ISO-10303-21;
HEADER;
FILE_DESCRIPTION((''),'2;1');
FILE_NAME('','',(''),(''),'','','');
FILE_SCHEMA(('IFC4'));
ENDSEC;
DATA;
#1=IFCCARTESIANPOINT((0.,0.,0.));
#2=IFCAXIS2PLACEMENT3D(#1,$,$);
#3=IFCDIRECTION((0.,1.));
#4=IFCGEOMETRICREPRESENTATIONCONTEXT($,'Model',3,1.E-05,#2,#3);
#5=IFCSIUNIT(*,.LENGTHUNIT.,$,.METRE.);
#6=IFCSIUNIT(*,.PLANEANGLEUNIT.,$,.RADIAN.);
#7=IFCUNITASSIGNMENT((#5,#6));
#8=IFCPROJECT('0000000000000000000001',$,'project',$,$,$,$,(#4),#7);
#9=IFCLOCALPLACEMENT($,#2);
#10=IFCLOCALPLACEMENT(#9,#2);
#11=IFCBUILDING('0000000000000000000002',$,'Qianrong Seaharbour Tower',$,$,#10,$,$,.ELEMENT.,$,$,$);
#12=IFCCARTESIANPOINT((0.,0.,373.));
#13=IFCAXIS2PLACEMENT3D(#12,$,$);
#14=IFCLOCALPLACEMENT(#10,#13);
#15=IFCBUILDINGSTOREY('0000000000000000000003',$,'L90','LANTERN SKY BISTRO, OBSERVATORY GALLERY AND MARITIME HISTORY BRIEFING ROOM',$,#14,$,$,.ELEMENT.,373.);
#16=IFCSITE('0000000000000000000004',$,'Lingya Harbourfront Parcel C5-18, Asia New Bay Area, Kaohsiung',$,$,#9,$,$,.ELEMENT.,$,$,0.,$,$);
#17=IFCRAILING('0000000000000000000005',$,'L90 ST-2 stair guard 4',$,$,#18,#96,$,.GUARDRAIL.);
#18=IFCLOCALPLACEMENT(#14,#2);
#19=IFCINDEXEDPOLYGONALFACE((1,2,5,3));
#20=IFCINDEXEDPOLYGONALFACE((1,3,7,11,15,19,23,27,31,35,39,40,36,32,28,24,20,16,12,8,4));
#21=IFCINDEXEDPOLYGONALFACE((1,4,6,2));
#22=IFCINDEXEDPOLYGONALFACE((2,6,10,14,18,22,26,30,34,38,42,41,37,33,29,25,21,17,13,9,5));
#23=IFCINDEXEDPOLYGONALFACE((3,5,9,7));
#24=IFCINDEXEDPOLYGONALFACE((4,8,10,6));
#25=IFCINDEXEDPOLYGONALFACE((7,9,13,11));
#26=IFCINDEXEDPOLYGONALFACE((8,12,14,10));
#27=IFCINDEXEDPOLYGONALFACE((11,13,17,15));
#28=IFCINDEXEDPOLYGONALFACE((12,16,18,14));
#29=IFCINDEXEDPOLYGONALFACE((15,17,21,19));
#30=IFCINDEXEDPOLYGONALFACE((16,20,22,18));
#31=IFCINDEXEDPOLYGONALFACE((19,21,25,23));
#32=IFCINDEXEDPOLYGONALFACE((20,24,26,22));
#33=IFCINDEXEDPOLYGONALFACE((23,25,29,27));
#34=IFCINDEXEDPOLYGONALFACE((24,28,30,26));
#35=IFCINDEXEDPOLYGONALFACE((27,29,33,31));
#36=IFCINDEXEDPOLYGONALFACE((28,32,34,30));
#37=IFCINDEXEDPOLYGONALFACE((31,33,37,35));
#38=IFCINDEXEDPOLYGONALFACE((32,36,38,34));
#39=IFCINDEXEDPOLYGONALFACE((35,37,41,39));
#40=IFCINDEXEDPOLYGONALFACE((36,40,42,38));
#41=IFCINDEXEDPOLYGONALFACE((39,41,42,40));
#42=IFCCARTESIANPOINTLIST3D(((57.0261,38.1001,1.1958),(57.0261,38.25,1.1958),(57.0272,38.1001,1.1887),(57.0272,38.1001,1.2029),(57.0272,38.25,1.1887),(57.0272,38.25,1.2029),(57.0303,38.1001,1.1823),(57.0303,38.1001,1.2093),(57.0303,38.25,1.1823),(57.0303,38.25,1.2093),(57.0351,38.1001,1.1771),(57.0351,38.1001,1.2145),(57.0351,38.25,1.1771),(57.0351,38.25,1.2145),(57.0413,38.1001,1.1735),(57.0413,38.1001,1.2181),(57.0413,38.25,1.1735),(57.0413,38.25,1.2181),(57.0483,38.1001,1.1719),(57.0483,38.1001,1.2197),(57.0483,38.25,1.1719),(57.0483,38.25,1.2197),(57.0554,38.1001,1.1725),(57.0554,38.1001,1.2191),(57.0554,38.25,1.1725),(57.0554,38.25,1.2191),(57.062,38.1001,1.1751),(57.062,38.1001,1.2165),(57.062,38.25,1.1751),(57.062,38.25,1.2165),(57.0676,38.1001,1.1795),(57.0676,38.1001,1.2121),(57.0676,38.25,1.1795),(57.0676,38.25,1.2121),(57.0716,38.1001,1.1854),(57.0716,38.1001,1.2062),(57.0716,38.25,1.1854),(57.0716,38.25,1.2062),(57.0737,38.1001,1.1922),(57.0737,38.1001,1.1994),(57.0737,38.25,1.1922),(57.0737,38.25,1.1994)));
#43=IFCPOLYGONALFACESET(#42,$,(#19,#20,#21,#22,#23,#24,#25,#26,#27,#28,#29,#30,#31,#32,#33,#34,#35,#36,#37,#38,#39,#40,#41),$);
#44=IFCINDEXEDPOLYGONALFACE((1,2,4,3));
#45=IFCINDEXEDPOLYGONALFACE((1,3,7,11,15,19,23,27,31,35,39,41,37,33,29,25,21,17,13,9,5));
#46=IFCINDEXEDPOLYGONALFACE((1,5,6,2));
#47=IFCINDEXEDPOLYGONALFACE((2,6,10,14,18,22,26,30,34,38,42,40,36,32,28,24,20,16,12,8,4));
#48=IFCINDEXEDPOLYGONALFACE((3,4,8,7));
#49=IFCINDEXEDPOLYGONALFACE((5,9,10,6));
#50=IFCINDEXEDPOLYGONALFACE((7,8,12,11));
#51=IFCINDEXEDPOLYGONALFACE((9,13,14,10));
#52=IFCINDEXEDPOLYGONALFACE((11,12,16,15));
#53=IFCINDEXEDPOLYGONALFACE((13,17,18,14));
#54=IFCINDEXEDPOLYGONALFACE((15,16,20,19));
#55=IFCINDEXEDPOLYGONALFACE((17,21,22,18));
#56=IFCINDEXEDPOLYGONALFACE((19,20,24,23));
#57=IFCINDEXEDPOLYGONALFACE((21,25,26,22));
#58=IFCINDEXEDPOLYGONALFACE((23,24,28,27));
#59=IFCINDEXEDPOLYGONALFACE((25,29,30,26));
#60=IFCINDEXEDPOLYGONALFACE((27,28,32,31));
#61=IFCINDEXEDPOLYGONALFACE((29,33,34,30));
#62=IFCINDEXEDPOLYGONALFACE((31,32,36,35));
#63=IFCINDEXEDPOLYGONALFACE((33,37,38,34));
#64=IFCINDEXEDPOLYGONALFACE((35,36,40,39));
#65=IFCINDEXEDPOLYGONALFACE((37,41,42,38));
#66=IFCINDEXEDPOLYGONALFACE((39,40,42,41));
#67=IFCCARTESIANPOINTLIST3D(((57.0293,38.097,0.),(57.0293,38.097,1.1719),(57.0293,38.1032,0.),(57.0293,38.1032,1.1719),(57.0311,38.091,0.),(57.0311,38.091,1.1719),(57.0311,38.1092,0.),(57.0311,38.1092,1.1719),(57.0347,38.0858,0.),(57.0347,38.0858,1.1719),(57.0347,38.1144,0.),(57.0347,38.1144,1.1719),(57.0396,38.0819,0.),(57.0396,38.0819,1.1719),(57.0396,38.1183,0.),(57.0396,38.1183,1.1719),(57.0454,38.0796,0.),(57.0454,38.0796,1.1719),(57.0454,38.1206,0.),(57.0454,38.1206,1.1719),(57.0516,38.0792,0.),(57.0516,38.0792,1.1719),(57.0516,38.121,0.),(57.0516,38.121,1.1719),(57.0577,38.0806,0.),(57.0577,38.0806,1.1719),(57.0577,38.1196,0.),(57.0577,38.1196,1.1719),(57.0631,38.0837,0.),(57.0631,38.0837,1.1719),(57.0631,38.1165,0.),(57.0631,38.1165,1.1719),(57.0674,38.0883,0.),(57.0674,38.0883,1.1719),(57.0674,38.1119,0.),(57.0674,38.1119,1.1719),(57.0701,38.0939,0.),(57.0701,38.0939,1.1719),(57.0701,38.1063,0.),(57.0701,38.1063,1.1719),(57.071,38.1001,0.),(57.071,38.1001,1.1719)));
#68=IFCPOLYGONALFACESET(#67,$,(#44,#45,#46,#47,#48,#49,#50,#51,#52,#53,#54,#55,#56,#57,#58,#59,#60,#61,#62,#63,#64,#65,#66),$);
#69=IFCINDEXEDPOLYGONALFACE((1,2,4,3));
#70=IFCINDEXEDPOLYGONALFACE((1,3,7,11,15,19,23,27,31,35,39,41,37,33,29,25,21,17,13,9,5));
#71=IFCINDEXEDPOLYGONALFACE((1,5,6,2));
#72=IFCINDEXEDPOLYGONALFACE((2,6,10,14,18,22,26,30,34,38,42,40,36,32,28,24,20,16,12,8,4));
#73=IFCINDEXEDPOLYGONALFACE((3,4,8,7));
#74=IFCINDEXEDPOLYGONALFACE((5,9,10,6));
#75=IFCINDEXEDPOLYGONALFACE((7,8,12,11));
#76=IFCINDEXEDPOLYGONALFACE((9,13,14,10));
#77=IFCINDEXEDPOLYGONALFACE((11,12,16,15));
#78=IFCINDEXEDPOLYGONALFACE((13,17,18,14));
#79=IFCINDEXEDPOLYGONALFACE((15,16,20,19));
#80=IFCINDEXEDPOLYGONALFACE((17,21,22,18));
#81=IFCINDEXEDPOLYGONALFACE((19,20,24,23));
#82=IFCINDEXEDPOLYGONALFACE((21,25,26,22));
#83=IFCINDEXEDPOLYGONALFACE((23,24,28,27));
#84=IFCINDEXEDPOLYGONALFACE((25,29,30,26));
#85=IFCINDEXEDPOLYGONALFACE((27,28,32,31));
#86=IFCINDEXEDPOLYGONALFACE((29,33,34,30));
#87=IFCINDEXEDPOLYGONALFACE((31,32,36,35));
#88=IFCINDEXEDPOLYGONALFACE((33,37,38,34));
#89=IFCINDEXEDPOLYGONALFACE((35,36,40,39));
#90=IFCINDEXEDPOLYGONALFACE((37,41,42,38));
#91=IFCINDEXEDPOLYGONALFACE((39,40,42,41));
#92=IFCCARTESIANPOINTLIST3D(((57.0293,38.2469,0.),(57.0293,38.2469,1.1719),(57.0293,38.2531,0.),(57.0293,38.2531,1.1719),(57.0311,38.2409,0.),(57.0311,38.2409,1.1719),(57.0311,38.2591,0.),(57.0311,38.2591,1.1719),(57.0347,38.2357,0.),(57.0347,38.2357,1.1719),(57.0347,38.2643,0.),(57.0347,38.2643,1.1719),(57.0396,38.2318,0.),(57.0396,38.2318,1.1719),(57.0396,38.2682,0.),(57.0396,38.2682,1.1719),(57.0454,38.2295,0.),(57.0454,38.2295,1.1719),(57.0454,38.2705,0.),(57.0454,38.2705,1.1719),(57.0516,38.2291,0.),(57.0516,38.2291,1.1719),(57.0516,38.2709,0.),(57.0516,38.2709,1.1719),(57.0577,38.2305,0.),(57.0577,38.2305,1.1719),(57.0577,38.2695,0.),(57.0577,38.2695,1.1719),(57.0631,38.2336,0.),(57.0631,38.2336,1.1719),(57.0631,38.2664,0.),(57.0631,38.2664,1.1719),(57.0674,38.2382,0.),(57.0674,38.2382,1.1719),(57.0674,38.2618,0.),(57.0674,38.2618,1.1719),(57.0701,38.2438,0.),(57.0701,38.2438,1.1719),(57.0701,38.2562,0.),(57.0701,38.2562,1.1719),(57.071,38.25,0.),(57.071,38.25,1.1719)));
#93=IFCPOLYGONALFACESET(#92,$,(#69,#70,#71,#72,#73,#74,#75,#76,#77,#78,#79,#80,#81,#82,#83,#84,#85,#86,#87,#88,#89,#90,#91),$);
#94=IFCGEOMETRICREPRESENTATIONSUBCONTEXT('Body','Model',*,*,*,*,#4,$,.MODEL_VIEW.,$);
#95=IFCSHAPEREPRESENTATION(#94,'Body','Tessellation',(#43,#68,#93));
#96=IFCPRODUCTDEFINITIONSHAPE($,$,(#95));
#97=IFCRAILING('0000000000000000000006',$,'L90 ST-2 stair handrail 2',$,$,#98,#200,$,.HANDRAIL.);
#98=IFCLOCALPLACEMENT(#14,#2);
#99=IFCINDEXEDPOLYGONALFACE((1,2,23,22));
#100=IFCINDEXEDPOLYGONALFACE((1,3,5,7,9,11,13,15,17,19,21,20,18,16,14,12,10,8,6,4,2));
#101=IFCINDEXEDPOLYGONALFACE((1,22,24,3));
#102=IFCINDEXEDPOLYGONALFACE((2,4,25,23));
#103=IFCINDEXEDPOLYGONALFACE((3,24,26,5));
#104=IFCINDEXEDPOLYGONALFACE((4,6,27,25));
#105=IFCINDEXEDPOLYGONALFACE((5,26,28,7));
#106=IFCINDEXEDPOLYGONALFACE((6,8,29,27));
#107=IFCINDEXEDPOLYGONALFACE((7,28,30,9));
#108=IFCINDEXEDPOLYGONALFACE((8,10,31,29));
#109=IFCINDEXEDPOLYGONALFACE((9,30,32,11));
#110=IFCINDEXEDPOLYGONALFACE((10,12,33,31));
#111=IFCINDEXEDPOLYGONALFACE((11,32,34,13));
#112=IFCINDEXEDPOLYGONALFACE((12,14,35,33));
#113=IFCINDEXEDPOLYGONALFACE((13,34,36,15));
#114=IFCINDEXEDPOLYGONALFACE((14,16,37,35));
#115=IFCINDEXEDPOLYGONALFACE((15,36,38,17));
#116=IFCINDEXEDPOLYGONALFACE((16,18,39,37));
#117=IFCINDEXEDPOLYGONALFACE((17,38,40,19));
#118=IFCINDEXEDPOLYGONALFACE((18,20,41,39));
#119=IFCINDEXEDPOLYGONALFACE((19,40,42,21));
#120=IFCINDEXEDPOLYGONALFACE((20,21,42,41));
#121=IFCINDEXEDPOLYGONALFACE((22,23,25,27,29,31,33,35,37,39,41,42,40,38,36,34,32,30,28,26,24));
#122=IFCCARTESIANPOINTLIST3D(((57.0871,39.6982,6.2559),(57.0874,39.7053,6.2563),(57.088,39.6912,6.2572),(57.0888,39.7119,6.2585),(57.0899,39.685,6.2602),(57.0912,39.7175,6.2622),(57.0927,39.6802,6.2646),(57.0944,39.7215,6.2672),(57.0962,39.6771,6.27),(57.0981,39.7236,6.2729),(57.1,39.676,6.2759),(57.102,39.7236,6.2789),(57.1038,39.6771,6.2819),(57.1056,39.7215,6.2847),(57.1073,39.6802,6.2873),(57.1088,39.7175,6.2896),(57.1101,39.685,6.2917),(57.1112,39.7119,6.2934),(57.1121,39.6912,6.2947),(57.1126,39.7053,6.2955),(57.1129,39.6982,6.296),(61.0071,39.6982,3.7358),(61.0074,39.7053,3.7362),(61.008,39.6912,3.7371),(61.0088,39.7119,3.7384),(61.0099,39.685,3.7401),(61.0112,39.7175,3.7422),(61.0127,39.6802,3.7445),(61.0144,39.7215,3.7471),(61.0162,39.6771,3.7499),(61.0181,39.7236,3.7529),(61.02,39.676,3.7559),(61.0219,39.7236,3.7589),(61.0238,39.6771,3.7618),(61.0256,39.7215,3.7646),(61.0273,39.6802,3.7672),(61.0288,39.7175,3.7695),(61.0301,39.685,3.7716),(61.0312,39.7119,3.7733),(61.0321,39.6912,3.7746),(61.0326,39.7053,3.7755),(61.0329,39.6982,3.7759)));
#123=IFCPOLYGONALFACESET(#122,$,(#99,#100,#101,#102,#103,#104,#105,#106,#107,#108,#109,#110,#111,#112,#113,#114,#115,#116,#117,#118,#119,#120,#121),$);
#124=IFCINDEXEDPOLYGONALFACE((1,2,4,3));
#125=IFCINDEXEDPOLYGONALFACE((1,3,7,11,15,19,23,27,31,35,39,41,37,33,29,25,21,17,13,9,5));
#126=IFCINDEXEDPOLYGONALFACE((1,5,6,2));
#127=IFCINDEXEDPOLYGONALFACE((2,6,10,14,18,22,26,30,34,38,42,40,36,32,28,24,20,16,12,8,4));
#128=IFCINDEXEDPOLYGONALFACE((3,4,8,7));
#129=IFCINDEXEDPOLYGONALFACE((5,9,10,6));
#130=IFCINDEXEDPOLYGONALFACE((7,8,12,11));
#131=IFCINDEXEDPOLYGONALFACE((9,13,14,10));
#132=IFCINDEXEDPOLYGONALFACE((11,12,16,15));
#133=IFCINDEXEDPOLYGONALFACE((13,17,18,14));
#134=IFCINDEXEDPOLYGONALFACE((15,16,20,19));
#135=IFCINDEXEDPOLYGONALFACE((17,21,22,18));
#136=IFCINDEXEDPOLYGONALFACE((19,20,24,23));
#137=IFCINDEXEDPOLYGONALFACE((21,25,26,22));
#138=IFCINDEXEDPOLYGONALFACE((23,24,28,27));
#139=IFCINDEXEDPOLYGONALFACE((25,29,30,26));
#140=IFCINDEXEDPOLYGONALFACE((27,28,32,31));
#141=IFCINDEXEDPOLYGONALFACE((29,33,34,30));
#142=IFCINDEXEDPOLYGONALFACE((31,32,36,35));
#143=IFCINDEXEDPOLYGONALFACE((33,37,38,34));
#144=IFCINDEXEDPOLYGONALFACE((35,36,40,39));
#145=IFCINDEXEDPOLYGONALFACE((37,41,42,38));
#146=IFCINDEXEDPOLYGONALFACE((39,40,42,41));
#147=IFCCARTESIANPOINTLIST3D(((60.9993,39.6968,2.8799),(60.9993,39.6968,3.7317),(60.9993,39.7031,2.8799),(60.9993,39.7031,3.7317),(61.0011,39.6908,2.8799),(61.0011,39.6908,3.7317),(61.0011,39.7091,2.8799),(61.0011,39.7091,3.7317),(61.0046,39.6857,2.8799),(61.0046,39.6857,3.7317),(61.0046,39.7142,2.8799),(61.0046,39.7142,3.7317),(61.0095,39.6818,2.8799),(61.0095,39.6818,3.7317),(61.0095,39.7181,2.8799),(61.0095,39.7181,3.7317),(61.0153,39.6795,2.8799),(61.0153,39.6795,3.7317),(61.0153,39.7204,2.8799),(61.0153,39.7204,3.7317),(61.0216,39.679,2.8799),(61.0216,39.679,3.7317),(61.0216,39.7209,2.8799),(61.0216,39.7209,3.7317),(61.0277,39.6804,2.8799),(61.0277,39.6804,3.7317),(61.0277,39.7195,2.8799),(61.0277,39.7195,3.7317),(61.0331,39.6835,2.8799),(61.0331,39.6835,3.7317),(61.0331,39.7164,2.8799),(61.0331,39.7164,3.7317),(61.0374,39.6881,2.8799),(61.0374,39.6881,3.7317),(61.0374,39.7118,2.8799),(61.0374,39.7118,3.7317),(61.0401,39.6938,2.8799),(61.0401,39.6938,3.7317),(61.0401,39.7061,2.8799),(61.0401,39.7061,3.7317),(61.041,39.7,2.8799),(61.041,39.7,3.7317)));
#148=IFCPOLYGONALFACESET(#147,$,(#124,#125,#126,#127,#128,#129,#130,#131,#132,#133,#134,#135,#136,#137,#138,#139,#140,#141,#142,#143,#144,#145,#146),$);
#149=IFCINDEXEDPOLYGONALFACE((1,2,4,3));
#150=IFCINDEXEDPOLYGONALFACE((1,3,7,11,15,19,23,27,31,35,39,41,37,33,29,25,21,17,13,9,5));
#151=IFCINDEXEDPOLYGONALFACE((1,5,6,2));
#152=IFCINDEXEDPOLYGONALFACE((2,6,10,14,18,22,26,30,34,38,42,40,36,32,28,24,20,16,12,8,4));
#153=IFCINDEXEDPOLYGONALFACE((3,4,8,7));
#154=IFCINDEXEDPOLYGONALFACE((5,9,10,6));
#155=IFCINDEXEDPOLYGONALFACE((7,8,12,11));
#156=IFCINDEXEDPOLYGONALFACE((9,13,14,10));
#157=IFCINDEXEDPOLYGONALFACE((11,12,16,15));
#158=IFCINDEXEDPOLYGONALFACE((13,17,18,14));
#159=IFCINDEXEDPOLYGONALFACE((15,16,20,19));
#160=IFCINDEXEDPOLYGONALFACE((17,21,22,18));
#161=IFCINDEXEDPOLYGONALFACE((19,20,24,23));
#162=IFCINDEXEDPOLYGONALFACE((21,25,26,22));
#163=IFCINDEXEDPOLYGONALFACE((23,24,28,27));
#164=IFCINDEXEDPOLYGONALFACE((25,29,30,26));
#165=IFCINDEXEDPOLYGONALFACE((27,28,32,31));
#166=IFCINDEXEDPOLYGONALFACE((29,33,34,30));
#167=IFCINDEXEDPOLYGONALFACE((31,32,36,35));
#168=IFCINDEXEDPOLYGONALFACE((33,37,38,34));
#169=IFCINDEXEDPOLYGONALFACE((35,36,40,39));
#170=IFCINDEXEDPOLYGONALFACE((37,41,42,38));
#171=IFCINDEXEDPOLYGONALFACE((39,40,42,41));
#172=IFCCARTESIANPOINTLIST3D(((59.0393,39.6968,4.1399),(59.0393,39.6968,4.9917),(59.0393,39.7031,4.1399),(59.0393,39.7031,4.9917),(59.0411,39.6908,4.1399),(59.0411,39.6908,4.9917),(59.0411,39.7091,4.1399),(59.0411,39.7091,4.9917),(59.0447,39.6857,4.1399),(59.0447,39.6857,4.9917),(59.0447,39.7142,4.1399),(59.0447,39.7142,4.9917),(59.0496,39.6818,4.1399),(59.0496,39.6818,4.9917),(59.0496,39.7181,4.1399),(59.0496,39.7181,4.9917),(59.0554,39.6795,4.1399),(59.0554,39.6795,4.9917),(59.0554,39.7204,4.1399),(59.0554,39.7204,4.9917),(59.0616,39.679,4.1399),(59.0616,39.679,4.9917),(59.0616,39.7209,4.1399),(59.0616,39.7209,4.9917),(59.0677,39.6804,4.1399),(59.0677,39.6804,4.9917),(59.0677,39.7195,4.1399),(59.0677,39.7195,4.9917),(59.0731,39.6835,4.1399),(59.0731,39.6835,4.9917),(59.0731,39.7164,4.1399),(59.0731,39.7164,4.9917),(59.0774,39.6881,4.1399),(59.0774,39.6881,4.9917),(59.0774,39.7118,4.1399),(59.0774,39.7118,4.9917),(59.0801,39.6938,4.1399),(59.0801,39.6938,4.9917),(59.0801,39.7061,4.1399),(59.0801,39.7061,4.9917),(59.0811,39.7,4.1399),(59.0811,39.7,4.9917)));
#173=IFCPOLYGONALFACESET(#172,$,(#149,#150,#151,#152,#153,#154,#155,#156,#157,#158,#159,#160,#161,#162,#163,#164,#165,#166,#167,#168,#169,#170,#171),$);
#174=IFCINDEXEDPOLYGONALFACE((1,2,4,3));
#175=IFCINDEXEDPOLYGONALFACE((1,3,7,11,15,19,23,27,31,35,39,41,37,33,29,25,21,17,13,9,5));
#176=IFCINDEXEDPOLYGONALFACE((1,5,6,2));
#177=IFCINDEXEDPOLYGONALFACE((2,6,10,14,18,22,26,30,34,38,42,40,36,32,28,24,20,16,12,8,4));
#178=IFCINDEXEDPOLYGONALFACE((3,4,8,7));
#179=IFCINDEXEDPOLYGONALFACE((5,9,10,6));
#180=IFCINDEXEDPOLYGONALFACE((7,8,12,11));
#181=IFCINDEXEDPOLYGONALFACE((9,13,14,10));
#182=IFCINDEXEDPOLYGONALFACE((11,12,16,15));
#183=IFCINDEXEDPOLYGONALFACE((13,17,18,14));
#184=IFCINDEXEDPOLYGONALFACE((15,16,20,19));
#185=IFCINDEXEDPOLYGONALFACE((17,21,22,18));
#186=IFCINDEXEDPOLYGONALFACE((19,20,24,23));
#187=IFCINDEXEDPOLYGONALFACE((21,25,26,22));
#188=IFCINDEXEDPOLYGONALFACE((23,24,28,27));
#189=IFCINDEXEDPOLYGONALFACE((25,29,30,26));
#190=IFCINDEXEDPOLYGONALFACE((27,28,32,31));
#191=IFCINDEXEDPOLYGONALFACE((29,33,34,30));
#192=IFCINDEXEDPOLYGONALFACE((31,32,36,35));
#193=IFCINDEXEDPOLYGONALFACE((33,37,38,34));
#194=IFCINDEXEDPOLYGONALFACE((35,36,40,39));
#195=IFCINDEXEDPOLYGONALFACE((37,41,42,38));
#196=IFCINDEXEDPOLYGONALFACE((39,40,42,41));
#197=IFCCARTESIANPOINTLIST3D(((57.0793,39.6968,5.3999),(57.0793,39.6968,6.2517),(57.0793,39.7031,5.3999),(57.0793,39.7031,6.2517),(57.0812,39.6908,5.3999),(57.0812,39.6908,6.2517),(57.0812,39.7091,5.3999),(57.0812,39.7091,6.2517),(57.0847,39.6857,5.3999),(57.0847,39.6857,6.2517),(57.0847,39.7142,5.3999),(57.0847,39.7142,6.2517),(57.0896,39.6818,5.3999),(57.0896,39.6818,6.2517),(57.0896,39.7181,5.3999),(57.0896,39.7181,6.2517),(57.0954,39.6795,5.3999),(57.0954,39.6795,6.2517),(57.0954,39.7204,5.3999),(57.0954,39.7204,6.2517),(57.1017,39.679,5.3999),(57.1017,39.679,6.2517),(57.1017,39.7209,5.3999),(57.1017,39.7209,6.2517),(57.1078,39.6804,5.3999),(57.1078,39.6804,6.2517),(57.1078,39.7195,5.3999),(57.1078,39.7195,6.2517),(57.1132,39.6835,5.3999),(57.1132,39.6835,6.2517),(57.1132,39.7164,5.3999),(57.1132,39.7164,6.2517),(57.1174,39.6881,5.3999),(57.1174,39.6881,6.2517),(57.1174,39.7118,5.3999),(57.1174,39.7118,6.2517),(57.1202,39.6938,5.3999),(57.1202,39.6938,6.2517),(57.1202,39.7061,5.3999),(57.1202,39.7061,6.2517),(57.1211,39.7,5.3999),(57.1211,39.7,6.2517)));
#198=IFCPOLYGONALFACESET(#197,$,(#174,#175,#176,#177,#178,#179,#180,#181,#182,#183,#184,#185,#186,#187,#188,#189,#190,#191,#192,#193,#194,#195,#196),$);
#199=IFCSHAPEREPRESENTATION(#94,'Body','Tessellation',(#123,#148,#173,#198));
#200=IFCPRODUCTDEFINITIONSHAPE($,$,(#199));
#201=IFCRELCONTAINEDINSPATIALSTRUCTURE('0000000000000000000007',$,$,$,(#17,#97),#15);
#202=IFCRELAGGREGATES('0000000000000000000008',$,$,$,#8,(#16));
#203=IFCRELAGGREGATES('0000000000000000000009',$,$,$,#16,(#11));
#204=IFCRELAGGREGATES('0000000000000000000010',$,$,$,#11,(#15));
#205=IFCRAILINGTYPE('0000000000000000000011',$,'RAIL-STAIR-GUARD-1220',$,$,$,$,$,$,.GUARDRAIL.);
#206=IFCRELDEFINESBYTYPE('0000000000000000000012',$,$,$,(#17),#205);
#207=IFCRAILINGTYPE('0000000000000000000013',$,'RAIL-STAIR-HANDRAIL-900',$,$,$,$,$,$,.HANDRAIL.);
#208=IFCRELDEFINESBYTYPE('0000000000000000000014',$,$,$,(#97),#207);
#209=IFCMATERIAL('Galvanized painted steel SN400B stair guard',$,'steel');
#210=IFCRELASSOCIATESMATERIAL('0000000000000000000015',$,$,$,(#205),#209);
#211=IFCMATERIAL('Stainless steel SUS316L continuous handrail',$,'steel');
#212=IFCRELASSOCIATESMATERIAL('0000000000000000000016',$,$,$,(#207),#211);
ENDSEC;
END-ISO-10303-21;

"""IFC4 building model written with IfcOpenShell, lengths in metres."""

from ifc_helpers import new_model, si_unit, direction, frame, origin, origin_2d, place, context, subcontext, project, spatial, circle, extrude, material, type_object, element, save


model = new_model("IFC4")

# Units and contexts
model_context = context("Model", 3, precision=1e-05, world=origin(), true_north=direction((0.0, 1.0)))
body_context = subcontext(model_context, "Body", "Model", "MODEL_VIEW")
ifc_project = project(units=[si_unit("LENGTHUNIT", "METRE"), si_unit("PLANEANGLEUNIT", "RADIAN")], contexts=[model_context])

# Site, building, storey
site_placement = place(None, origin())
site = spatial("IfcSite", under=ifc_project, at=site_placement, Name="Lingya Harbourfront Parcel C5-18, Asia New Bay Area, Kaohsiung", CompositionType="ELEMENT", RefElevation=0.0)
building_placement = place(site_placement, origin())
building = spatial("IfcBuilding", under=site, at=building_placement, Name="Qianrong Seaharbour Tower", CompositionType="ELEMENT")
storey_placement = place(building_placement, frame((0.0, 0.0, 373.0)))
storey = spatial("IfcBuildingStorey", under=building, at=storey_placement, Name="L90", Description="LANTERN SKY BISTRO, OBSERVATORY GALLERY AND MARITIME HISTORY BRIEFING ROOM", CompositionType="ELEMENT", Elevation=373.0)

# Railings
ifc_material_1 = material(Name="Galvanized painted steel SN400B stair guard", Category="steel")
railing_type_1 = type_object("IfcRailingType", Name="RAIL-STAIR-GUARD-1220", PredefinedType="GUARDRAIL", material=ifc_material_1)
railing_1_placement = place(storey_placement, frame((57.05, 38.1001, 0.0)))
element("IfcRailing", 1, at=railing_1_placement, inside=storey, type_object=railing_type_1, Name="L90 ST-2 stair guard 4", PredefinedType="GUARDRAIL", context=body_context, shape_type="SweptSolid", body=[
    extrude(circle(Radius=0.0239, at=origin_2d()), frame((0.0, 0.0, 1.1958), z_axis=(0.0, 1.0, 0.0), x_axis=(-1.0, 0.0, 0.0)), (0.0, 0.0, 1.0), 0.1499),
    extrude(circle(Radius=0.021, at=origin_2d()), origin(), (0.0, 0.0, 1.0), 1.1719),
    extrude(circle(Radius=0.021, at=origin_2d()), frame((0.0, 0.1499, 0.0)), (0.0, 0.0, 1.0), 1.1719),
])
ifc_material_2 = material(Name="Stainless steel SUS316L continuous handrail", Category="steel")
railing_type_2 = type_object("IfcRailingType", Name="RAIL-STAIR-HANDRAIL-900", PredefinedType="HANDRAIL", material=ifc_material_2)
railing_2_placement = place(storey_placement, frame((61.02, 39.7, 2.8799)))
element("IfcRailing", 2, at=railing_2_placement, inside=storey, type_object=railing_type_2, Name="L90 ST-2 stair handrail 2", PredefinedType="HANDRAIL", context=body_context, shape_type="SweptSolid", body=[
    extrude(circle(Radius=0.0239, at=origin_2d()), frame((0.0, 0.0, 0.876), z_axis=(-0.841172, 0.0, 0.540768), x_axis=(0.0, -1.0, 0.0)), (0.0, 0.0, 1.0), 4.6602),
    extrude(circle(Radius=0.021, at=origin_2d()), origin(), (0.0, 0.0, 1.0), 0.8518),
    extrude(circle(Radius=0.021, at=origin_2d()), frame((-1.96, 0.0, 1.26)), (0.0, 0.0, 1.0), 0.8518),
    extrude(circle(Radius=0.021, at=origin_2d()), frame((-3.9199, 0.0, 2.52)), (0.0, 0.0, 1.0), 0.8518),
])

save(model, "model.ifc")
